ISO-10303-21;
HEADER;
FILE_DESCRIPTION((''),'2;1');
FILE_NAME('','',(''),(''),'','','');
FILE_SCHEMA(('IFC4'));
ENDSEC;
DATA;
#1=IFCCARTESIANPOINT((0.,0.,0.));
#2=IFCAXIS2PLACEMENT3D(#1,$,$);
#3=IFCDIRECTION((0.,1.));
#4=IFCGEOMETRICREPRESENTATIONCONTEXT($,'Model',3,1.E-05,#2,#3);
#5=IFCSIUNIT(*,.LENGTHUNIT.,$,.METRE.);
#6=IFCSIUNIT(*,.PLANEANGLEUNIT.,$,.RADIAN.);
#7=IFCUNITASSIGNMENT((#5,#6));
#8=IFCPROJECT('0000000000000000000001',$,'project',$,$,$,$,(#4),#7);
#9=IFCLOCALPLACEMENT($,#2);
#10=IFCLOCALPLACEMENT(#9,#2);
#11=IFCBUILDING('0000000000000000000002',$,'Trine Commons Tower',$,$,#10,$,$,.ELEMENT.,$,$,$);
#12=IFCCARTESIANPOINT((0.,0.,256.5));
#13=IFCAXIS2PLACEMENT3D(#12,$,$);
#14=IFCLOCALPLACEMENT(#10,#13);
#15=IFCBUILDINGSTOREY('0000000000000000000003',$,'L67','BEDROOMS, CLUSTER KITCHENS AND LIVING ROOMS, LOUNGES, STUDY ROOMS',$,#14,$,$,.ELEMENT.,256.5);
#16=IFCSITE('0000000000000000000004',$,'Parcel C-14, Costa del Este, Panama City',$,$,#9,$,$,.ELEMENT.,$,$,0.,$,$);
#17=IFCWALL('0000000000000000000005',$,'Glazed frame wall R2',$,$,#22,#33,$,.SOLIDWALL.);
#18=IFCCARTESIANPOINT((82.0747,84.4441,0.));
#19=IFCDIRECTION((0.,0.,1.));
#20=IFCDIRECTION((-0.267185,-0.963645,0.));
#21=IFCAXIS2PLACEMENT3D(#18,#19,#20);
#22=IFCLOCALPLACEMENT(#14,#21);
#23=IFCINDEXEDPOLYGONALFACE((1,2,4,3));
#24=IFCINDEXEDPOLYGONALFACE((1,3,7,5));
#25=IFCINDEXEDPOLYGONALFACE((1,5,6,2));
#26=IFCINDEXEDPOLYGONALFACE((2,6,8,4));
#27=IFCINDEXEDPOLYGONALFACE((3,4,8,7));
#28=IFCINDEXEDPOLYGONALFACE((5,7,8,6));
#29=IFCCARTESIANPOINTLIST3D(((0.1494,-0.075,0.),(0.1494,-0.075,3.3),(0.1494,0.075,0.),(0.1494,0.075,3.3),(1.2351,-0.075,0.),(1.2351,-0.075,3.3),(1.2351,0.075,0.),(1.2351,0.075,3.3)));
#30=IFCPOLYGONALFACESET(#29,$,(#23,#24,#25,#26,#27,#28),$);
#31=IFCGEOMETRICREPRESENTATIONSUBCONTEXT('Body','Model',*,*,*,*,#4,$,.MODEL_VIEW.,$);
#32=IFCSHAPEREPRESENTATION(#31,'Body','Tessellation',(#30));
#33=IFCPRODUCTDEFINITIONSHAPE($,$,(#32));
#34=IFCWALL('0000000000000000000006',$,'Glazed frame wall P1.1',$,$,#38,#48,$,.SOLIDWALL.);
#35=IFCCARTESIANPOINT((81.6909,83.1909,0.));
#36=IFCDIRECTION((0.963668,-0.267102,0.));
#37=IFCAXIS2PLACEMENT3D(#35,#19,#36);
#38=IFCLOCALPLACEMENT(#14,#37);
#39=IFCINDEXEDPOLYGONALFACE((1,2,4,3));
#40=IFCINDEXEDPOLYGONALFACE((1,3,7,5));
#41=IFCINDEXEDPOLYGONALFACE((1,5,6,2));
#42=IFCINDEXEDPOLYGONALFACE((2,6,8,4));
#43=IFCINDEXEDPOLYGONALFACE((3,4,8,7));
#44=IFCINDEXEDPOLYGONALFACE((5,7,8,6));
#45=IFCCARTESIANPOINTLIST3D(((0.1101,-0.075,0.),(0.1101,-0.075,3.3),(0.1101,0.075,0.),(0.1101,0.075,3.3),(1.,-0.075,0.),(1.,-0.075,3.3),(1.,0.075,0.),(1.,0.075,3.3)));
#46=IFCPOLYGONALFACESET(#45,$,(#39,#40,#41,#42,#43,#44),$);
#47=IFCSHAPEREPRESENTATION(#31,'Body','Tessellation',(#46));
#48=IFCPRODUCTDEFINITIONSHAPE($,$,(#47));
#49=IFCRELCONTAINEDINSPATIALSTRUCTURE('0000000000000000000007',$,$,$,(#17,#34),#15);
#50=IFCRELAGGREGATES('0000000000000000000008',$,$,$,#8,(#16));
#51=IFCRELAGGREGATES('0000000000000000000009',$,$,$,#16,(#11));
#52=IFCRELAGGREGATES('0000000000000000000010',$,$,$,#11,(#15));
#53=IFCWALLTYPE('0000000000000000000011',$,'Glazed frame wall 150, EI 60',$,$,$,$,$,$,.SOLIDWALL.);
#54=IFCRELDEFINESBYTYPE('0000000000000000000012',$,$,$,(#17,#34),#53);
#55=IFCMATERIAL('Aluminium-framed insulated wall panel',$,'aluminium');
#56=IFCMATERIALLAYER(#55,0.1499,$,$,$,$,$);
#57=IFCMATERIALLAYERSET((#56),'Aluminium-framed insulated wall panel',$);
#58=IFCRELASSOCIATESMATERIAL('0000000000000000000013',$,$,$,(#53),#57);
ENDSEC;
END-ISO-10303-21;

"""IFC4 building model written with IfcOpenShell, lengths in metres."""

from ifc_helpers import new_model, si_unit, direction, frame, origin, place, context, subcontext, project, spatial, polyline, outline, extrude, material, layer, layer_set, type_object, element, save


model = new_model("IFC4")

# Units and contexts
model_context = context("Model", 3, precision=1e-05, world=origin(), true_north=direction((0.0, 1.0)))
body_context = subcontext(model_context, "Body", "Model", "MODEL_VIEW")
ifc_project = project(units=[si_unit("LENGTHUNIT", "METRE"), si_unit("PLANEANGLEUNIT", "RADIAN")], contexts=[model_context])

# Site, building, storey
site_placement = place(None, origin())
site = spatial("IfcSite", under=ifc_project, at=site_placement, Name="Parcel C-14, Costa del Este, Panama City", CompositionType="ELEMENT", RefElevation=0.0)
building_placement = place(site_placement, origin())
building = spatial("IfcBuilding", under=site, at=building_placement, Name="Trine Commons Tower", CompositionType="ELEMENT")
storey_placement = place(building_placement, frame((0.0, 0.0, 256.5)))
storey = spatial("IfcBuildingStorey", under=building, at=storey_placement, Name="L67", Description="BEDROOMS, CLUSTER KITCHENS AND LIVING ROOMS, LOUNGES, STUDY ROOMS", CompositionType="ELEMENT", Elevation=256.5)

# Walls
ifc_material_1 = material(Name="Aluminium-framed insulated wall panel", Category="aluminium")
ifc_layer_1 = layer(ifc_material_1, 0.1499)
ifc_layer_set_1 = layer_set([ifc_layer_1], Name="Aluminium-framed insulated wall panel")
wall_type_1 = type_object("IfcWallType", Name="Glazed frame wall 150, EI 60", PredefinedType="SOLIDWALL", material=ifc_layer_set_1)
wall_1_placement = place(storey_placement, frame((82.0747, 84.4441, 0.0), z_axis=(0.0, 0.0, 1.0), x_axis=(-0.267185, -0.963645, 0.0)))
element("IfcWall", 1, at=wall_1_placement, inside=storey, type_object=wall_type_1, Name="Glazed frame wall R2", PredefinedType="SOLIDWALL", context=body_context, shape_type="SweptSolid", body=[
    extrude(outline(polyline([(0.1494, 0.075), (0.1494, -0.075), (1.2351, -0.075), (1.2351, 0.075), (0.1494, 0.075)])), origin(), (0.0, 0.0, 1.0), 3.3),
])
wall_2_placement = place(storey_placement, frame((81.6909, 83.1909, 0.0), z_axis=(0.0, 0.0, 1.0), x_axis=(0.963668, -0.267102, 0.0)))
element("IfcWall", 2, at=wall_2_placement, inside=storey, type_object=wall_type_1, Name="Glazed frame wall P1.1", PredefinedType="SOLIDWALL", context=body_context, shape_type="SweptSolid", body=[
    extrude(outline(polyline([(0.1101, -0.075), (1.0, -0.075), (1.0, 0.075), (0.1101, 0.075), (0.1101, -0.075)])), origin(), (0.0, 0.0, 1.0), 3.3),
])

save(model, "model.ifc")
